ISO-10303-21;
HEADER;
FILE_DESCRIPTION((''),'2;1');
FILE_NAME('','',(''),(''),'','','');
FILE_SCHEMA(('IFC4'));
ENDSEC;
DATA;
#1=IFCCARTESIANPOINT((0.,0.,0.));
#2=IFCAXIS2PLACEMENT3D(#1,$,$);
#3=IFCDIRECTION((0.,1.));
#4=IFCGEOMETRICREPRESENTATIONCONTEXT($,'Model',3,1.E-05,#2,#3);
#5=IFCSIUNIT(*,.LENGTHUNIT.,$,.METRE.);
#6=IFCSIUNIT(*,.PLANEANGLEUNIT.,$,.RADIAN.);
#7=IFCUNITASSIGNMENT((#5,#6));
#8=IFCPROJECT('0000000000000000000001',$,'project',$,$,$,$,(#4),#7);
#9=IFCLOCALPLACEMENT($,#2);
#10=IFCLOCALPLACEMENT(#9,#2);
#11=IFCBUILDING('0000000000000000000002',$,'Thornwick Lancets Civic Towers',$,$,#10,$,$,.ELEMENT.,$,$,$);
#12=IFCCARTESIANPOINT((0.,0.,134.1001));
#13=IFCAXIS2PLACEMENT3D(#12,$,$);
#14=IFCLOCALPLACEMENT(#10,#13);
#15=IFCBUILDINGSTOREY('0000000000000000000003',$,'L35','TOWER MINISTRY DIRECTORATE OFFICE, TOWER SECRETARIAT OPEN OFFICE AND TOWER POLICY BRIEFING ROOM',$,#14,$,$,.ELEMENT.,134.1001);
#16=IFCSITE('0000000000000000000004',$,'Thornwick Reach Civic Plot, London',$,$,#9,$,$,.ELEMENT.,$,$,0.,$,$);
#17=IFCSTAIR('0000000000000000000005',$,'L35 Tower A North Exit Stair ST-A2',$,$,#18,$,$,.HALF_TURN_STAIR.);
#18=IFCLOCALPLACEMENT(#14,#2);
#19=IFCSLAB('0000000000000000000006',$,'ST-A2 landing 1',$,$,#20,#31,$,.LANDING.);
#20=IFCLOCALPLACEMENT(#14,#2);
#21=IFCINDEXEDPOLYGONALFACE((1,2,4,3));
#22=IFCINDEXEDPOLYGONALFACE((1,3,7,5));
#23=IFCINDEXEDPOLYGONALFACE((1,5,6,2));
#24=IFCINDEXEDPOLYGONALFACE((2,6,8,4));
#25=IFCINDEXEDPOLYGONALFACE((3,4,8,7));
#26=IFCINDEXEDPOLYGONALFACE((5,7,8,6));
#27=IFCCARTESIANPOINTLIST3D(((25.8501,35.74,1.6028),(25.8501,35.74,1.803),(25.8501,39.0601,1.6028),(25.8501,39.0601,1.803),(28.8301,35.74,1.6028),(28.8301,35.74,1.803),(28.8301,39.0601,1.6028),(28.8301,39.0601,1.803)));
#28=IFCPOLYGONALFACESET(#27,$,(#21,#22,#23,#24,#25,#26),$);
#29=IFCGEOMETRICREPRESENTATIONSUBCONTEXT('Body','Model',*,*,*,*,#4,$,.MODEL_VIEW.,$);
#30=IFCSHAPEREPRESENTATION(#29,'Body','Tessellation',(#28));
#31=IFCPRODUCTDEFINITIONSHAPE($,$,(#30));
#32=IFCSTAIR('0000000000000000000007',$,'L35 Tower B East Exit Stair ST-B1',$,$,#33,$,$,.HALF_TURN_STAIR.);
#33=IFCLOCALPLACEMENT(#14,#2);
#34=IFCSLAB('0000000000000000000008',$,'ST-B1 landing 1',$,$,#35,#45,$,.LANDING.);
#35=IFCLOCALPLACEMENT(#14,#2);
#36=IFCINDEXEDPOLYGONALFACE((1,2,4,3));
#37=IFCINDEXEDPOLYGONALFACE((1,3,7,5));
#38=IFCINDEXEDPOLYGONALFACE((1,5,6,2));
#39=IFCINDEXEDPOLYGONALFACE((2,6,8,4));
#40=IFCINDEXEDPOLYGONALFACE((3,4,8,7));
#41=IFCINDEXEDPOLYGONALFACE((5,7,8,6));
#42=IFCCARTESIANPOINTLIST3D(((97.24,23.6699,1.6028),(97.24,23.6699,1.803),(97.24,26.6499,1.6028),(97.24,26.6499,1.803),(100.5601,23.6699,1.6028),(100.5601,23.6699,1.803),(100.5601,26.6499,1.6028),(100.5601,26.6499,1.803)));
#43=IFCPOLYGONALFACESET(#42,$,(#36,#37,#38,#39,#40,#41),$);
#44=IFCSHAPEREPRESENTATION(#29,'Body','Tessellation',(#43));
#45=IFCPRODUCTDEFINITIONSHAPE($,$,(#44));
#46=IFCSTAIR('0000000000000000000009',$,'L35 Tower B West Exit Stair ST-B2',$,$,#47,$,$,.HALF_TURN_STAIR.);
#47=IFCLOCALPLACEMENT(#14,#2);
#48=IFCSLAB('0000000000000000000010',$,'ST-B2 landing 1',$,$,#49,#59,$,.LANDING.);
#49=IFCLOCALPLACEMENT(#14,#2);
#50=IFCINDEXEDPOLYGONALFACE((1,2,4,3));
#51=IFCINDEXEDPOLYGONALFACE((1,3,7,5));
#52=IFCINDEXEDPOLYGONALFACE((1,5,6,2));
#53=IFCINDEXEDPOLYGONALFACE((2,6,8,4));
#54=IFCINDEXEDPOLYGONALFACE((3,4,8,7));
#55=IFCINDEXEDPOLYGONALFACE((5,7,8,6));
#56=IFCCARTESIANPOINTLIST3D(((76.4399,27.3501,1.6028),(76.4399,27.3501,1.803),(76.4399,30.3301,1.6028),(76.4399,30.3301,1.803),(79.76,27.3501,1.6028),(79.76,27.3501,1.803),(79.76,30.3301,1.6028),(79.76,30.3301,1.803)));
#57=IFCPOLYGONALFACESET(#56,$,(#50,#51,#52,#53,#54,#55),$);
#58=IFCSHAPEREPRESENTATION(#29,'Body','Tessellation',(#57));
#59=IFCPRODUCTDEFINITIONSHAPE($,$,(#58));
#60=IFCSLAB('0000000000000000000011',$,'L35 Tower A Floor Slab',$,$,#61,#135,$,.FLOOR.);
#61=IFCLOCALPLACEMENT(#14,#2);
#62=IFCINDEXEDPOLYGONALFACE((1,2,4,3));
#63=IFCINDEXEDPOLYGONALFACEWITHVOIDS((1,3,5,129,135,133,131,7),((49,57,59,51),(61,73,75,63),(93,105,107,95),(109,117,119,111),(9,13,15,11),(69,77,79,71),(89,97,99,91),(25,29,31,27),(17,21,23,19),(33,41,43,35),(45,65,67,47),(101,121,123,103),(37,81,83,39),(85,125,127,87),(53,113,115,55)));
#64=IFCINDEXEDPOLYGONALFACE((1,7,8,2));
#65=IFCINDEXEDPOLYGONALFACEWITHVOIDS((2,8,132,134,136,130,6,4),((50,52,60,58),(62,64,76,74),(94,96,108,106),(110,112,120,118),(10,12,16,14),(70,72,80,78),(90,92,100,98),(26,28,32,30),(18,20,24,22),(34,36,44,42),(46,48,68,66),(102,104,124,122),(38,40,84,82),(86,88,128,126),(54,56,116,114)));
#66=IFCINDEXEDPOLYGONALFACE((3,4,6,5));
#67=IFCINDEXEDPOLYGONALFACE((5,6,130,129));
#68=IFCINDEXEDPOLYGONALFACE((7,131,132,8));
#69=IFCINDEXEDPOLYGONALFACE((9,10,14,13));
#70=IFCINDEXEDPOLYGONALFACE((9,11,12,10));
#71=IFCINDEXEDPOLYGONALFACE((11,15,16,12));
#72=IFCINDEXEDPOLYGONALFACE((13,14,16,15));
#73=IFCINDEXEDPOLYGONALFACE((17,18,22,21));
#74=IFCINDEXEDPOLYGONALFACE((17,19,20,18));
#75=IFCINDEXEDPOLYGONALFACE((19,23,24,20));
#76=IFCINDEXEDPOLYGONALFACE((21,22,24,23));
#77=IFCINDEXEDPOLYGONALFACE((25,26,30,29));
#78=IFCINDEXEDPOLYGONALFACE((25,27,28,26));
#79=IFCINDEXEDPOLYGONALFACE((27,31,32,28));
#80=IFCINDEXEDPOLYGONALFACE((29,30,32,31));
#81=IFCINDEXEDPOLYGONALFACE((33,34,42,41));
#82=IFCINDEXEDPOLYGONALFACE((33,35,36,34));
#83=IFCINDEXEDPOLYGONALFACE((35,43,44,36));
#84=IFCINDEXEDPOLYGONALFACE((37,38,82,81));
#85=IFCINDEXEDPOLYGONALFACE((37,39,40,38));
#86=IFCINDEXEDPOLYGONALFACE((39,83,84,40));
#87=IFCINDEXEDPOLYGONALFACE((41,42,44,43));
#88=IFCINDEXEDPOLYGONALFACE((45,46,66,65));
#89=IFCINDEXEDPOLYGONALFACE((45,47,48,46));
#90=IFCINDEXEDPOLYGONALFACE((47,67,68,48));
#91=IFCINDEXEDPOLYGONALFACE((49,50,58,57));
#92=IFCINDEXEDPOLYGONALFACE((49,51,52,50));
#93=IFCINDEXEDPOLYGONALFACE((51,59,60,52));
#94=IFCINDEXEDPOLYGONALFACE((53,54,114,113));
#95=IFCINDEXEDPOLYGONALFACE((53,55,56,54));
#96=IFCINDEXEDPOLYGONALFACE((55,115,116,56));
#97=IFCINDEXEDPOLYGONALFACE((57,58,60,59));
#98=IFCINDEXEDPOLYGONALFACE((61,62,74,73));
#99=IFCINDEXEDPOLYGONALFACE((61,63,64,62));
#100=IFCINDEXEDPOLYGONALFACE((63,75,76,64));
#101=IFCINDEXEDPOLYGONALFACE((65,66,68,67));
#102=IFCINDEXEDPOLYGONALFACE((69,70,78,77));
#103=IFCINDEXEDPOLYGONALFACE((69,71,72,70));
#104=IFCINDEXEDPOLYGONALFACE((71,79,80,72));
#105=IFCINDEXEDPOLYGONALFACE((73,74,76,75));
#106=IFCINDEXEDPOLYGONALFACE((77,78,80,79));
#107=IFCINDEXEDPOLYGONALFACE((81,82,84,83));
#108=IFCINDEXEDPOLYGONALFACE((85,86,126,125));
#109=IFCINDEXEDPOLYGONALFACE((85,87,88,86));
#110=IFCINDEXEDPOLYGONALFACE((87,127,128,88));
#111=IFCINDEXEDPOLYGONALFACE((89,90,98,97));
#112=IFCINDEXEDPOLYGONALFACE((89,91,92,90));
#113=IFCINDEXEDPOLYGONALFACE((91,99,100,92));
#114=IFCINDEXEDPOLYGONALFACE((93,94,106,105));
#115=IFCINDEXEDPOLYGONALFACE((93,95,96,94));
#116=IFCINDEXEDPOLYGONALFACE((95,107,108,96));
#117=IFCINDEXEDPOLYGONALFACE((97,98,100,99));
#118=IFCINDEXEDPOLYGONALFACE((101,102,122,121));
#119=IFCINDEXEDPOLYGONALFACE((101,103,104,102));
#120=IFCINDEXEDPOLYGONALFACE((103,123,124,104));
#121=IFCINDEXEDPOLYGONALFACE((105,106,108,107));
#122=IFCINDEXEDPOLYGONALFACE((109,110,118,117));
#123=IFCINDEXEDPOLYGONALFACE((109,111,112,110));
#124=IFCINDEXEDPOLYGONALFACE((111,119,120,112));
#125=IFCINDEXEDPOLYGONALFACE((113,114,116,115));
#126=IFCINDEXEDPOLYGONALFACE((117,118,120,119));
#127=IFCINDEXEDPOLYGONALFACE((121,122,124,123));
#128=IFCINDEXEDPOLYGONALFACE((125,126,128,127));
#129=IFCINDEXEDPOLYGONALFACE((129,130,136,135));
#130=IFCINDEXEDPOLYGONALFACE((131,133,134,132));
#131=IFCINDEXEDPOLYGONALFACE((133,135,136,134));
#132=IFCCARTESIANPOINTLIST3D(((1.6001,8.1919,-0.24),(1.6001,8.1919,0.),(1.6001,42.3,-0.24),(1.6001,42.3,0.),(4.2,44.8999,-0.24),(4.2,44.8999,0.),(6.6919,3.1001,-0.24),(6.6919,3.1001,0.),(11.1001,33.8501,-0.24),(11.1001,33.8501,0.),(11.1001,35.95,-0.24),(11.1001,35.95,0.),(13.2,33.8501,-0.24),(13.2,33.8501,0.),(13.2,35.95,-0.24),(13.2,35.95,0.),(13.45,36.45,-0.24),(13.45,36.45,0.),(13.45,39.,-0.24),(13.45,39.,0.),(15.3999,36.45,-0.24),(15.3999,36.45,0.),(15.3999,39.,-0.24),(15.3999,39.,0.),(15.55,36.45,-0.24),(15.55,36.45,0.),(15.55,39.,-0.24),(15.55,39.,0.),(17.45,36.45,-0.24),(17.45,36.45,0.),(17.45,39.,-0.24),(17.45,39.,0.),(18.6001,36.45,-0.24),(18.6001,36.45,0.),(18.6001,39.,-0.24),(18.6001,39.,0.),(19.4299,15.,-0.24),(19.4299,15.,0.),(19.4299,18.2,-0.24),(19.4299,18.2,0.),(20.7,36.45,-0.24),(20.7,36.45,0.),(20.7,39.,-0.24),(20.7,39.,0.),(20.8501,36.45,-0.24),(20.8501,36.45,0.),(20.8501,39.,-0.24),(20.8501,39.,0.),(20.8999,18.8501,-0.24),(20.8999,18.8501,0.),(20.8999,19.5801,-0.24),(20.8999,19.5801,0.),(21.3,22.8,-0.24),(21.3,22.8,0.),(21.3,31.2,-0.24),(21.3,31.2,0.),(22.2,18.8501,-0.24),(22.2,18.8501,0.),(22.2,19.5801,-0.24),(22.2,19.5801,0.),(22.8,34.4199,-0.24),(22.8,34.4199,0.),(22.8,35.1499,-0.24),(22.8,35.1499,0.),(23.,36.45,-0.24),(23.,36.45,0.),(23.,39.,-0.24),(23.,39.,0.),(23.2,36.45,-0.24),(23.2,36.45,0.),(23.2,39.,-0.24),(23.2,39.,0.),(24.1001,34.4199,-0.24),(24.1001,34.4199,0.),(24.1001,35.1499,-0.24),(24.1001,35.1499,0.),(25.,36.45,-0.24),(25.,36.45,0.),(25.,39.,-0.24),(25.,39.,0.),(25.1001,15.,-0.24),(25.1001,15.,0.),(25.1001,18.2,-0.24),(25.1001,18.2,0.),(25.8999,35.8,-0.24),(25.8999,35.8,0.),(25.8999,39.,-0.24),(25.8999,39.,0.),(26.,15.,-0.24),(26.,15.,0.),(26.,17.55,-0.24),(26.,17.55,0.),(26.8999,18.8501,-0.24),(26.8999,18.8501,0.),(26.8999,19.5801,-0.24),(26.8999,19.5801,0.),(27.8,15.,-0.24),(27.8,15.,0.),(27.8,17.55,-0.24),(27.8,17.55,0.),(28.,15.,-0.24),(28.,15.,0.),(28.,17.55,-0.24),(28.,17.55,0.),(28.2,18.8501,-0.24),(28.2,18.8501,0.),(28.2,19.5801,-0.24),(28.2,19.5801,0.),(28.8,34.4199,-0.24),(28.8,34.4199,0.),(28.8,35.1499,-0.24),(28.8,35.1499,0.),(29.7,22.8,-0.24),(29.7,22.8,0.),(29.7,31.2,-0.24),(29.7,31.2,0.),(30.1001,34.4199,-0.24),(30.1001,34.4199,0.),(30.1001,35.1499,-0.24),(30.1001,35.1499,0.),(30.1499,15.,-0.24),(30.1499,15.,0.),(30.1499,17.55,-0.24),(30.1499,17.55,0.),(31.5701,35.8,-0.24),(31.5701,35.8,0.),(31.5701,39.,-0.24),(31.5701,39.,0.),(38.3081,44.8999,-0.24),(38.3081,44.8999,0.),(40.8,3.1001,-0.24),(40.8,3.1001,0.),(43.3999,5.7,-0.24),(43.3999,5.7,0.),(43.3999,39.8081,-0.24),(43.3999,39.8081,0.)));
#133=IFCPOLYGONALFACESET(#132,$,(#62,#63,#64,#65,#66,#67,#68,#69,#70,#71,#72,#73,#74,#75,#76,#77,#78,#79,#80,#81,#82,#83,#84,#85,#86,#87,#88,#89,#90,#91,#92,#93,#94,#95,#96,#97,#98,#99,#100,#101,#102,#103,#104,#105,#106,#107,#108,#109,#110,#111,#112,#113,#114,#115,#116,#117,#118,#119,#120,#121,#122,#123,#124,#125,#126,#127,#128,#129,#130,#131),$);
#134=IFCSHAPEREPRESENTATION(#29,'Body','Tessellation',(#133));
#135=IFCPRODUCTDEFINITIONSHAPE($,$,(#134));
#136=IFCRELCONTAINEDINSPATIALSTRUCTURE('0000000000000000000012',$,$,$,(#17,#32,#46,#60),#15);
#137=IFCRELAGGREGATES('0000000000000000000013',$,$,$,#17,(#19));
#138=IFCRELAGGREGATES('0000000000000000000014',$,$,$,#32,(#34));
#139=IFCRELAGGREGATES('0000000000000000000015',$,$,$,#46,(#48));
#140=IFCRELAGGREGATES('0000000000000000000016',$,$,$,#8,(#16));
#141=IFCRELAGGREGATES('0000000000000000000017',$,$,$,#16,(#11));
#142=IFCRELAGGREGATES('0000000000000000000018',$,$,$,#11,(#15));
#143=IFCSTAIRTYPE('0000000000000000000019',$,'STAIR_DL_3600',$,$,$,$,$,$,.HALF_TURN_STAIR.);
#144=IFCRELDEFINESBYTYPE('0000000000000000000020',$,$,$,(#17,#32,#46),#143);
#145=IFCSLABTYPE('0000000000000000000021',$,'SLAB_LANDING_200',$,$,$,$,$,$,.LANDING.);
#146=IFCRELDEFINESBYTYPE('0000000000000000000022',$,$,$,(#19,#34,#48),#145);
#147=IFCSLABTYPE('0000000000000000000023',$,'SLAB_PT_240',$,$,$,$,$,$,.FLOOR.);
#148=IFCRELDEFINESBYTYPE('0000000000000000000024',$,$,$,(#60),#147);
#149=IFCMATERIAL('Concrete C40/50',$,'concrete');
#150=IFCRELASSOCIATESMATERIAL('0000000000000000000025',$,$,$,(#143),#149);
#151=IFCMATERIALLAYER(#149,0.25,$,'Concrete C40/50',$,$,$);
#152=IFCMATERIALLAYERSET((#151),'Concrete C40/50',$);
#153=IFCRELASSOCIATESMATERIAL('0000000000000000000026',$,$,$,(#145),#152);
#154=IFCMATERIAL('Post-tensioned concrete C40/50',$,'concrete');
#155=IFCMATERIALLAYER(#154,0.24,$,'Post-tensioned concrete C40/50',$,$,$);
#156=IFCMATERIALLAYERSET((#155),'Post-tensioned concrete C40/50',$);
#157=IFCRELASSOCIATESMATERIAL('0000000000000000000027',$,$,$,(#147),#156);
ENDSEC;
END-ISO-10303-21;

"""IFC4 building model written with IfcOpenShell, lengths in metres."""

from ifc_helpers import new_model, si_unit, direction, frame, origin, place, context, subcontext, project, spatial, polyline, outline, extrude, material, layer, layer_set, type_object, element, aggregate, save


model = new_model("IFC4")

# Units and contexts
model_context = context("Model", 3, precision=1e-05, world=origin(), true_north=direction((0.0, 1.0)))
body_context = subcontext(model_context, "Body", "Model", "MODEL_VIEW")
ifc_project = project(units=[si_unit("LENGTHUNIT", "METRE"), si_unit("PLANEANGLEUNIT", "RADIAN")], contexts=[model_context])

# Site, building, storey
site_placement = place(None, origin())
site = spatial("IfcSite", under=ifc_project, at=site_placement, Name="Thornwick Reach Civic Plot, London", CompositionType="ELEMENT", RefElevation=0.0)
building_placement = place(site_placement, origin())
building = spatial("IfcBuilding", under=site, at=building_placement, Name="Thornwick Lancets Civic Towers", CompositionType="ELEMENT")
storey_placement = place(building_placement, frame((0.0, 0.0, 134.1001)))
storey = spatial("IfcBuildingStorey", under=building, at=storey_placement, Name="L35", Description="TOWER MINISTRY DIRECTORATE OFFICE, TOWER SECRETARIAT OPEN OFFICE AND TOWER POLICY BRIEFING ROOM", CompositionType="ELEMENT", Elevation=134.1001)

# Shared definitions
ifc_material_1 = material(Name="Post-tensioned concrete C40/50", Category="concrete")

# Stairs, slabs
ifc_material_2 = material(Name="Concrete C40/50", Category="concrete")
stair_type = type_object("IfcStairType", Name="STAIR_DL_3600", PredefinedType="HALF_TURN_STAIR", material=ifc_material_2)
ifc_layer_1 = layer(ifc_material_2, 0.25, Name="Concrete C40/50")
ifc_layer_set_1 = layer_set([ifc_layer_1], Name="Concrete C40/50")
slab_type_1 = type_object("IfcSlabType", Name="SLAB_LANDING_200", PredefinedType="LANDING", material=ifc_layer_set_1)
stair_1_placement = place(storey_placement, origin())
stair_1 = element("IfcStair", 1, at=stair_1_placement, inside=storey, type_object=stair_type, Name="L35 Tower A North Exit Stair ST-A2", PredefinedType="HALF_TURN_STAIR")
slab_1_placement = place(storey_placement, frame((0.0, 0.0, 1.6028)))
slab_1 = element("IfcSlab", 2, at=slab_1_placement, type_object=slab_type_1, Name="ST-A2 landing 1", PredefinedType="LANDING", context=body_context, shape_type="SweptSolid", body=[
    extrude(outline(polyline([(28.8301, 39.0601), (25.8501, 39.0601), (25.8501, 35.74), (28.8301, 35.74), (28.8301, 39.0601)])), origin(), (0.0, 0.0, 1.0), 0.2002),
])
aggregate(stair_1, [slab_1])
stair_2_placement = place(storey_placement, origin())
stair_2 = element("IfcStair", 3, at=stair_2_placement, inside=storey, type_object=stair_type, Name="L35 Tower B East Exit Stair ST-B1", PredefinedType="HALF_TURN_STAIR")
slab_2_placement = place(storey_placement, frame((0.0, 0.0, 1.6028)))
slab_2 = element("IfcSlab", 4, at=slab_2_placement, type_object=slab_type_1, Name="ST-B1 landing 1", PredefinedType="LANDING", context=body_context, shape_type="SweptSolid", body=[
    extrude(outline(polyline([(100.5601, 23.6699), (100.5601, 26.6499), (97.24, 26.6499), (97.24, 23.6699), (100.5601, 23.6699)])), origin(), (0.0, 0.0, 1.0), 0.2002),
])
aggregate(stair_2, [slab_2])
stair_3_placement = place(storey_placement, origin())
stair_3 = element("IfcStair", 5, at=stair_3_placement, inside=storey, type_object=stair_type, Name="L35 Tower B West Exit Stair ST-B2", PredefinedType="HALF_TURN_STAIR")
slab_3_placement = place(storey_placement, frame((0.0, 0.0, 1.6028)))
slab_3 = element("IfcSlab", 6, at=slab_3_placement, type_object=slab_type_1, Name="ST-B2 landing 1", PredefinedType="LANDING", context=body_context, shape_type="SweptSolid", body=[
    extrude(outline(polyline([(76.4399, 30.3301), (76.4399, 27.3501), (79.76, 27.3501), (79.76, 30.3301), (76.4399, 30.3301)])), origin(), (0.0, 0.0, 1.0), 0.2002),
])
aggregate(stair_3, [slab_3])

# Slab
ifc_layer_2 = layer(ifc_material_1, 0.24, Name="Post-tensioned concrete C40/50")
ifc_layer_set_2 = layer_set([ifc_layer_2], Name="Post-tensioned concrete C40/50")
slab_type_2 = type_object("IfcSlabType", Name="SLAB_PT_240", PredefinedType="FLOOR", material=ifc_layer_set_2)
slab_4_placement = place(storey_placement, frame((0.0, 0.0, -0.24)))
element("IfcSlab", 7, at=slab_4_placement, inside=storey, type_object=slab_type_2, Name="L35 Tower A Floor Slab", PredefinedType="FLOOR", context=body_context, shape_type="SweptSolid", body=[
    extrude(outline(polyline([(6.6919, 3.1001), (40.8, 3.1001), (43.3999, 5.7), (43.3999, 39.8081), (38.3081, 44.8999), (4.2, 44.8999), (1.6001, 42.3), (1.6001, 8.1919), (6.6919, 3.1001)]), holes=[polyline([(21.3, 22.8), (29.7, 22.8), (29.7, 31.2), (21.3, 31.2), (21.3, 22.8)]), polyline([(19.4299, 15.0), (25.1001, 15.0), (25.1001, 18.2), (19.4299, 18.2), (19.4299, 15.0)]), polyline([(31.5701, 39.0), (25.8999, 39.0), (25.8999, 35.8), (31.5701, 35.8), (31.5701, 39.0)]), polyline([(26.0, 15.0), (27.8, 15.0), (27.8, 17.55), (26.0, 17.55), (26.0, 15.0)]), polyline([(28.0, 15.0), (30.1499, 15.0), (30.1499, 17.55), (28.0, 17.55), (28.0, 15.0)]), polyline([(23.2, 36.45), (25.0, 36.45), (25.0, 39.0), (23.2, 39.0), (23.2, 36.45)]), polyline([(20.8501, 36.45), (23.0, 36.45), (23.0, 39.0), (20.8501, 39.0), (20.8501, 36.45)]), polyline([(18.6001, 36.45), (20.7, 36.45), (20.7, 39.0), (18.6001, 39.0), (18.6001, 36.45)]), polyline([(15.55, 36.45), (17.45, 36.45), (17.45, 39.0), (15.55, 39.0), (15.55, 36.45)]), polyline([(13.45, 36.45), (15.3999, 36.45), (15.3999, 39.0), (13.45, 39.0), (13.45, 36.45)]), polyline([(11.1001, 33.8501), (13.2, 33.8501), (13.2, 35.95), (11.1001, 35.95), (11.1001, 33.8501)]), polyline([(26.8999, 18.8501), (28.2, 18.8501), (28.2, 19.5801), (26.8999, 19.5801), (26.8999, 18.8501)]), polyline([(20.8999, 18.8501), (22.2, 18.8501), (22.2, 19.5801), (20.8999, 19.5801), (20.8999, 18.8501)]), polyline([(22.8, 34.4199), (24.1001, 34.4199), (24.1001, 35.1499), (22.8, 35.1499), (22.8, 34.4199)]), polyline([(28.8, 34.4199), (30.1001, 34.4199), (30.1001, 35.1499), (28.8, 35.1499), (28.8, 34.4199)])]), origin(), (0.0, 0.0, 1.0), 0.24),
])

save(model, "model.ifc")
